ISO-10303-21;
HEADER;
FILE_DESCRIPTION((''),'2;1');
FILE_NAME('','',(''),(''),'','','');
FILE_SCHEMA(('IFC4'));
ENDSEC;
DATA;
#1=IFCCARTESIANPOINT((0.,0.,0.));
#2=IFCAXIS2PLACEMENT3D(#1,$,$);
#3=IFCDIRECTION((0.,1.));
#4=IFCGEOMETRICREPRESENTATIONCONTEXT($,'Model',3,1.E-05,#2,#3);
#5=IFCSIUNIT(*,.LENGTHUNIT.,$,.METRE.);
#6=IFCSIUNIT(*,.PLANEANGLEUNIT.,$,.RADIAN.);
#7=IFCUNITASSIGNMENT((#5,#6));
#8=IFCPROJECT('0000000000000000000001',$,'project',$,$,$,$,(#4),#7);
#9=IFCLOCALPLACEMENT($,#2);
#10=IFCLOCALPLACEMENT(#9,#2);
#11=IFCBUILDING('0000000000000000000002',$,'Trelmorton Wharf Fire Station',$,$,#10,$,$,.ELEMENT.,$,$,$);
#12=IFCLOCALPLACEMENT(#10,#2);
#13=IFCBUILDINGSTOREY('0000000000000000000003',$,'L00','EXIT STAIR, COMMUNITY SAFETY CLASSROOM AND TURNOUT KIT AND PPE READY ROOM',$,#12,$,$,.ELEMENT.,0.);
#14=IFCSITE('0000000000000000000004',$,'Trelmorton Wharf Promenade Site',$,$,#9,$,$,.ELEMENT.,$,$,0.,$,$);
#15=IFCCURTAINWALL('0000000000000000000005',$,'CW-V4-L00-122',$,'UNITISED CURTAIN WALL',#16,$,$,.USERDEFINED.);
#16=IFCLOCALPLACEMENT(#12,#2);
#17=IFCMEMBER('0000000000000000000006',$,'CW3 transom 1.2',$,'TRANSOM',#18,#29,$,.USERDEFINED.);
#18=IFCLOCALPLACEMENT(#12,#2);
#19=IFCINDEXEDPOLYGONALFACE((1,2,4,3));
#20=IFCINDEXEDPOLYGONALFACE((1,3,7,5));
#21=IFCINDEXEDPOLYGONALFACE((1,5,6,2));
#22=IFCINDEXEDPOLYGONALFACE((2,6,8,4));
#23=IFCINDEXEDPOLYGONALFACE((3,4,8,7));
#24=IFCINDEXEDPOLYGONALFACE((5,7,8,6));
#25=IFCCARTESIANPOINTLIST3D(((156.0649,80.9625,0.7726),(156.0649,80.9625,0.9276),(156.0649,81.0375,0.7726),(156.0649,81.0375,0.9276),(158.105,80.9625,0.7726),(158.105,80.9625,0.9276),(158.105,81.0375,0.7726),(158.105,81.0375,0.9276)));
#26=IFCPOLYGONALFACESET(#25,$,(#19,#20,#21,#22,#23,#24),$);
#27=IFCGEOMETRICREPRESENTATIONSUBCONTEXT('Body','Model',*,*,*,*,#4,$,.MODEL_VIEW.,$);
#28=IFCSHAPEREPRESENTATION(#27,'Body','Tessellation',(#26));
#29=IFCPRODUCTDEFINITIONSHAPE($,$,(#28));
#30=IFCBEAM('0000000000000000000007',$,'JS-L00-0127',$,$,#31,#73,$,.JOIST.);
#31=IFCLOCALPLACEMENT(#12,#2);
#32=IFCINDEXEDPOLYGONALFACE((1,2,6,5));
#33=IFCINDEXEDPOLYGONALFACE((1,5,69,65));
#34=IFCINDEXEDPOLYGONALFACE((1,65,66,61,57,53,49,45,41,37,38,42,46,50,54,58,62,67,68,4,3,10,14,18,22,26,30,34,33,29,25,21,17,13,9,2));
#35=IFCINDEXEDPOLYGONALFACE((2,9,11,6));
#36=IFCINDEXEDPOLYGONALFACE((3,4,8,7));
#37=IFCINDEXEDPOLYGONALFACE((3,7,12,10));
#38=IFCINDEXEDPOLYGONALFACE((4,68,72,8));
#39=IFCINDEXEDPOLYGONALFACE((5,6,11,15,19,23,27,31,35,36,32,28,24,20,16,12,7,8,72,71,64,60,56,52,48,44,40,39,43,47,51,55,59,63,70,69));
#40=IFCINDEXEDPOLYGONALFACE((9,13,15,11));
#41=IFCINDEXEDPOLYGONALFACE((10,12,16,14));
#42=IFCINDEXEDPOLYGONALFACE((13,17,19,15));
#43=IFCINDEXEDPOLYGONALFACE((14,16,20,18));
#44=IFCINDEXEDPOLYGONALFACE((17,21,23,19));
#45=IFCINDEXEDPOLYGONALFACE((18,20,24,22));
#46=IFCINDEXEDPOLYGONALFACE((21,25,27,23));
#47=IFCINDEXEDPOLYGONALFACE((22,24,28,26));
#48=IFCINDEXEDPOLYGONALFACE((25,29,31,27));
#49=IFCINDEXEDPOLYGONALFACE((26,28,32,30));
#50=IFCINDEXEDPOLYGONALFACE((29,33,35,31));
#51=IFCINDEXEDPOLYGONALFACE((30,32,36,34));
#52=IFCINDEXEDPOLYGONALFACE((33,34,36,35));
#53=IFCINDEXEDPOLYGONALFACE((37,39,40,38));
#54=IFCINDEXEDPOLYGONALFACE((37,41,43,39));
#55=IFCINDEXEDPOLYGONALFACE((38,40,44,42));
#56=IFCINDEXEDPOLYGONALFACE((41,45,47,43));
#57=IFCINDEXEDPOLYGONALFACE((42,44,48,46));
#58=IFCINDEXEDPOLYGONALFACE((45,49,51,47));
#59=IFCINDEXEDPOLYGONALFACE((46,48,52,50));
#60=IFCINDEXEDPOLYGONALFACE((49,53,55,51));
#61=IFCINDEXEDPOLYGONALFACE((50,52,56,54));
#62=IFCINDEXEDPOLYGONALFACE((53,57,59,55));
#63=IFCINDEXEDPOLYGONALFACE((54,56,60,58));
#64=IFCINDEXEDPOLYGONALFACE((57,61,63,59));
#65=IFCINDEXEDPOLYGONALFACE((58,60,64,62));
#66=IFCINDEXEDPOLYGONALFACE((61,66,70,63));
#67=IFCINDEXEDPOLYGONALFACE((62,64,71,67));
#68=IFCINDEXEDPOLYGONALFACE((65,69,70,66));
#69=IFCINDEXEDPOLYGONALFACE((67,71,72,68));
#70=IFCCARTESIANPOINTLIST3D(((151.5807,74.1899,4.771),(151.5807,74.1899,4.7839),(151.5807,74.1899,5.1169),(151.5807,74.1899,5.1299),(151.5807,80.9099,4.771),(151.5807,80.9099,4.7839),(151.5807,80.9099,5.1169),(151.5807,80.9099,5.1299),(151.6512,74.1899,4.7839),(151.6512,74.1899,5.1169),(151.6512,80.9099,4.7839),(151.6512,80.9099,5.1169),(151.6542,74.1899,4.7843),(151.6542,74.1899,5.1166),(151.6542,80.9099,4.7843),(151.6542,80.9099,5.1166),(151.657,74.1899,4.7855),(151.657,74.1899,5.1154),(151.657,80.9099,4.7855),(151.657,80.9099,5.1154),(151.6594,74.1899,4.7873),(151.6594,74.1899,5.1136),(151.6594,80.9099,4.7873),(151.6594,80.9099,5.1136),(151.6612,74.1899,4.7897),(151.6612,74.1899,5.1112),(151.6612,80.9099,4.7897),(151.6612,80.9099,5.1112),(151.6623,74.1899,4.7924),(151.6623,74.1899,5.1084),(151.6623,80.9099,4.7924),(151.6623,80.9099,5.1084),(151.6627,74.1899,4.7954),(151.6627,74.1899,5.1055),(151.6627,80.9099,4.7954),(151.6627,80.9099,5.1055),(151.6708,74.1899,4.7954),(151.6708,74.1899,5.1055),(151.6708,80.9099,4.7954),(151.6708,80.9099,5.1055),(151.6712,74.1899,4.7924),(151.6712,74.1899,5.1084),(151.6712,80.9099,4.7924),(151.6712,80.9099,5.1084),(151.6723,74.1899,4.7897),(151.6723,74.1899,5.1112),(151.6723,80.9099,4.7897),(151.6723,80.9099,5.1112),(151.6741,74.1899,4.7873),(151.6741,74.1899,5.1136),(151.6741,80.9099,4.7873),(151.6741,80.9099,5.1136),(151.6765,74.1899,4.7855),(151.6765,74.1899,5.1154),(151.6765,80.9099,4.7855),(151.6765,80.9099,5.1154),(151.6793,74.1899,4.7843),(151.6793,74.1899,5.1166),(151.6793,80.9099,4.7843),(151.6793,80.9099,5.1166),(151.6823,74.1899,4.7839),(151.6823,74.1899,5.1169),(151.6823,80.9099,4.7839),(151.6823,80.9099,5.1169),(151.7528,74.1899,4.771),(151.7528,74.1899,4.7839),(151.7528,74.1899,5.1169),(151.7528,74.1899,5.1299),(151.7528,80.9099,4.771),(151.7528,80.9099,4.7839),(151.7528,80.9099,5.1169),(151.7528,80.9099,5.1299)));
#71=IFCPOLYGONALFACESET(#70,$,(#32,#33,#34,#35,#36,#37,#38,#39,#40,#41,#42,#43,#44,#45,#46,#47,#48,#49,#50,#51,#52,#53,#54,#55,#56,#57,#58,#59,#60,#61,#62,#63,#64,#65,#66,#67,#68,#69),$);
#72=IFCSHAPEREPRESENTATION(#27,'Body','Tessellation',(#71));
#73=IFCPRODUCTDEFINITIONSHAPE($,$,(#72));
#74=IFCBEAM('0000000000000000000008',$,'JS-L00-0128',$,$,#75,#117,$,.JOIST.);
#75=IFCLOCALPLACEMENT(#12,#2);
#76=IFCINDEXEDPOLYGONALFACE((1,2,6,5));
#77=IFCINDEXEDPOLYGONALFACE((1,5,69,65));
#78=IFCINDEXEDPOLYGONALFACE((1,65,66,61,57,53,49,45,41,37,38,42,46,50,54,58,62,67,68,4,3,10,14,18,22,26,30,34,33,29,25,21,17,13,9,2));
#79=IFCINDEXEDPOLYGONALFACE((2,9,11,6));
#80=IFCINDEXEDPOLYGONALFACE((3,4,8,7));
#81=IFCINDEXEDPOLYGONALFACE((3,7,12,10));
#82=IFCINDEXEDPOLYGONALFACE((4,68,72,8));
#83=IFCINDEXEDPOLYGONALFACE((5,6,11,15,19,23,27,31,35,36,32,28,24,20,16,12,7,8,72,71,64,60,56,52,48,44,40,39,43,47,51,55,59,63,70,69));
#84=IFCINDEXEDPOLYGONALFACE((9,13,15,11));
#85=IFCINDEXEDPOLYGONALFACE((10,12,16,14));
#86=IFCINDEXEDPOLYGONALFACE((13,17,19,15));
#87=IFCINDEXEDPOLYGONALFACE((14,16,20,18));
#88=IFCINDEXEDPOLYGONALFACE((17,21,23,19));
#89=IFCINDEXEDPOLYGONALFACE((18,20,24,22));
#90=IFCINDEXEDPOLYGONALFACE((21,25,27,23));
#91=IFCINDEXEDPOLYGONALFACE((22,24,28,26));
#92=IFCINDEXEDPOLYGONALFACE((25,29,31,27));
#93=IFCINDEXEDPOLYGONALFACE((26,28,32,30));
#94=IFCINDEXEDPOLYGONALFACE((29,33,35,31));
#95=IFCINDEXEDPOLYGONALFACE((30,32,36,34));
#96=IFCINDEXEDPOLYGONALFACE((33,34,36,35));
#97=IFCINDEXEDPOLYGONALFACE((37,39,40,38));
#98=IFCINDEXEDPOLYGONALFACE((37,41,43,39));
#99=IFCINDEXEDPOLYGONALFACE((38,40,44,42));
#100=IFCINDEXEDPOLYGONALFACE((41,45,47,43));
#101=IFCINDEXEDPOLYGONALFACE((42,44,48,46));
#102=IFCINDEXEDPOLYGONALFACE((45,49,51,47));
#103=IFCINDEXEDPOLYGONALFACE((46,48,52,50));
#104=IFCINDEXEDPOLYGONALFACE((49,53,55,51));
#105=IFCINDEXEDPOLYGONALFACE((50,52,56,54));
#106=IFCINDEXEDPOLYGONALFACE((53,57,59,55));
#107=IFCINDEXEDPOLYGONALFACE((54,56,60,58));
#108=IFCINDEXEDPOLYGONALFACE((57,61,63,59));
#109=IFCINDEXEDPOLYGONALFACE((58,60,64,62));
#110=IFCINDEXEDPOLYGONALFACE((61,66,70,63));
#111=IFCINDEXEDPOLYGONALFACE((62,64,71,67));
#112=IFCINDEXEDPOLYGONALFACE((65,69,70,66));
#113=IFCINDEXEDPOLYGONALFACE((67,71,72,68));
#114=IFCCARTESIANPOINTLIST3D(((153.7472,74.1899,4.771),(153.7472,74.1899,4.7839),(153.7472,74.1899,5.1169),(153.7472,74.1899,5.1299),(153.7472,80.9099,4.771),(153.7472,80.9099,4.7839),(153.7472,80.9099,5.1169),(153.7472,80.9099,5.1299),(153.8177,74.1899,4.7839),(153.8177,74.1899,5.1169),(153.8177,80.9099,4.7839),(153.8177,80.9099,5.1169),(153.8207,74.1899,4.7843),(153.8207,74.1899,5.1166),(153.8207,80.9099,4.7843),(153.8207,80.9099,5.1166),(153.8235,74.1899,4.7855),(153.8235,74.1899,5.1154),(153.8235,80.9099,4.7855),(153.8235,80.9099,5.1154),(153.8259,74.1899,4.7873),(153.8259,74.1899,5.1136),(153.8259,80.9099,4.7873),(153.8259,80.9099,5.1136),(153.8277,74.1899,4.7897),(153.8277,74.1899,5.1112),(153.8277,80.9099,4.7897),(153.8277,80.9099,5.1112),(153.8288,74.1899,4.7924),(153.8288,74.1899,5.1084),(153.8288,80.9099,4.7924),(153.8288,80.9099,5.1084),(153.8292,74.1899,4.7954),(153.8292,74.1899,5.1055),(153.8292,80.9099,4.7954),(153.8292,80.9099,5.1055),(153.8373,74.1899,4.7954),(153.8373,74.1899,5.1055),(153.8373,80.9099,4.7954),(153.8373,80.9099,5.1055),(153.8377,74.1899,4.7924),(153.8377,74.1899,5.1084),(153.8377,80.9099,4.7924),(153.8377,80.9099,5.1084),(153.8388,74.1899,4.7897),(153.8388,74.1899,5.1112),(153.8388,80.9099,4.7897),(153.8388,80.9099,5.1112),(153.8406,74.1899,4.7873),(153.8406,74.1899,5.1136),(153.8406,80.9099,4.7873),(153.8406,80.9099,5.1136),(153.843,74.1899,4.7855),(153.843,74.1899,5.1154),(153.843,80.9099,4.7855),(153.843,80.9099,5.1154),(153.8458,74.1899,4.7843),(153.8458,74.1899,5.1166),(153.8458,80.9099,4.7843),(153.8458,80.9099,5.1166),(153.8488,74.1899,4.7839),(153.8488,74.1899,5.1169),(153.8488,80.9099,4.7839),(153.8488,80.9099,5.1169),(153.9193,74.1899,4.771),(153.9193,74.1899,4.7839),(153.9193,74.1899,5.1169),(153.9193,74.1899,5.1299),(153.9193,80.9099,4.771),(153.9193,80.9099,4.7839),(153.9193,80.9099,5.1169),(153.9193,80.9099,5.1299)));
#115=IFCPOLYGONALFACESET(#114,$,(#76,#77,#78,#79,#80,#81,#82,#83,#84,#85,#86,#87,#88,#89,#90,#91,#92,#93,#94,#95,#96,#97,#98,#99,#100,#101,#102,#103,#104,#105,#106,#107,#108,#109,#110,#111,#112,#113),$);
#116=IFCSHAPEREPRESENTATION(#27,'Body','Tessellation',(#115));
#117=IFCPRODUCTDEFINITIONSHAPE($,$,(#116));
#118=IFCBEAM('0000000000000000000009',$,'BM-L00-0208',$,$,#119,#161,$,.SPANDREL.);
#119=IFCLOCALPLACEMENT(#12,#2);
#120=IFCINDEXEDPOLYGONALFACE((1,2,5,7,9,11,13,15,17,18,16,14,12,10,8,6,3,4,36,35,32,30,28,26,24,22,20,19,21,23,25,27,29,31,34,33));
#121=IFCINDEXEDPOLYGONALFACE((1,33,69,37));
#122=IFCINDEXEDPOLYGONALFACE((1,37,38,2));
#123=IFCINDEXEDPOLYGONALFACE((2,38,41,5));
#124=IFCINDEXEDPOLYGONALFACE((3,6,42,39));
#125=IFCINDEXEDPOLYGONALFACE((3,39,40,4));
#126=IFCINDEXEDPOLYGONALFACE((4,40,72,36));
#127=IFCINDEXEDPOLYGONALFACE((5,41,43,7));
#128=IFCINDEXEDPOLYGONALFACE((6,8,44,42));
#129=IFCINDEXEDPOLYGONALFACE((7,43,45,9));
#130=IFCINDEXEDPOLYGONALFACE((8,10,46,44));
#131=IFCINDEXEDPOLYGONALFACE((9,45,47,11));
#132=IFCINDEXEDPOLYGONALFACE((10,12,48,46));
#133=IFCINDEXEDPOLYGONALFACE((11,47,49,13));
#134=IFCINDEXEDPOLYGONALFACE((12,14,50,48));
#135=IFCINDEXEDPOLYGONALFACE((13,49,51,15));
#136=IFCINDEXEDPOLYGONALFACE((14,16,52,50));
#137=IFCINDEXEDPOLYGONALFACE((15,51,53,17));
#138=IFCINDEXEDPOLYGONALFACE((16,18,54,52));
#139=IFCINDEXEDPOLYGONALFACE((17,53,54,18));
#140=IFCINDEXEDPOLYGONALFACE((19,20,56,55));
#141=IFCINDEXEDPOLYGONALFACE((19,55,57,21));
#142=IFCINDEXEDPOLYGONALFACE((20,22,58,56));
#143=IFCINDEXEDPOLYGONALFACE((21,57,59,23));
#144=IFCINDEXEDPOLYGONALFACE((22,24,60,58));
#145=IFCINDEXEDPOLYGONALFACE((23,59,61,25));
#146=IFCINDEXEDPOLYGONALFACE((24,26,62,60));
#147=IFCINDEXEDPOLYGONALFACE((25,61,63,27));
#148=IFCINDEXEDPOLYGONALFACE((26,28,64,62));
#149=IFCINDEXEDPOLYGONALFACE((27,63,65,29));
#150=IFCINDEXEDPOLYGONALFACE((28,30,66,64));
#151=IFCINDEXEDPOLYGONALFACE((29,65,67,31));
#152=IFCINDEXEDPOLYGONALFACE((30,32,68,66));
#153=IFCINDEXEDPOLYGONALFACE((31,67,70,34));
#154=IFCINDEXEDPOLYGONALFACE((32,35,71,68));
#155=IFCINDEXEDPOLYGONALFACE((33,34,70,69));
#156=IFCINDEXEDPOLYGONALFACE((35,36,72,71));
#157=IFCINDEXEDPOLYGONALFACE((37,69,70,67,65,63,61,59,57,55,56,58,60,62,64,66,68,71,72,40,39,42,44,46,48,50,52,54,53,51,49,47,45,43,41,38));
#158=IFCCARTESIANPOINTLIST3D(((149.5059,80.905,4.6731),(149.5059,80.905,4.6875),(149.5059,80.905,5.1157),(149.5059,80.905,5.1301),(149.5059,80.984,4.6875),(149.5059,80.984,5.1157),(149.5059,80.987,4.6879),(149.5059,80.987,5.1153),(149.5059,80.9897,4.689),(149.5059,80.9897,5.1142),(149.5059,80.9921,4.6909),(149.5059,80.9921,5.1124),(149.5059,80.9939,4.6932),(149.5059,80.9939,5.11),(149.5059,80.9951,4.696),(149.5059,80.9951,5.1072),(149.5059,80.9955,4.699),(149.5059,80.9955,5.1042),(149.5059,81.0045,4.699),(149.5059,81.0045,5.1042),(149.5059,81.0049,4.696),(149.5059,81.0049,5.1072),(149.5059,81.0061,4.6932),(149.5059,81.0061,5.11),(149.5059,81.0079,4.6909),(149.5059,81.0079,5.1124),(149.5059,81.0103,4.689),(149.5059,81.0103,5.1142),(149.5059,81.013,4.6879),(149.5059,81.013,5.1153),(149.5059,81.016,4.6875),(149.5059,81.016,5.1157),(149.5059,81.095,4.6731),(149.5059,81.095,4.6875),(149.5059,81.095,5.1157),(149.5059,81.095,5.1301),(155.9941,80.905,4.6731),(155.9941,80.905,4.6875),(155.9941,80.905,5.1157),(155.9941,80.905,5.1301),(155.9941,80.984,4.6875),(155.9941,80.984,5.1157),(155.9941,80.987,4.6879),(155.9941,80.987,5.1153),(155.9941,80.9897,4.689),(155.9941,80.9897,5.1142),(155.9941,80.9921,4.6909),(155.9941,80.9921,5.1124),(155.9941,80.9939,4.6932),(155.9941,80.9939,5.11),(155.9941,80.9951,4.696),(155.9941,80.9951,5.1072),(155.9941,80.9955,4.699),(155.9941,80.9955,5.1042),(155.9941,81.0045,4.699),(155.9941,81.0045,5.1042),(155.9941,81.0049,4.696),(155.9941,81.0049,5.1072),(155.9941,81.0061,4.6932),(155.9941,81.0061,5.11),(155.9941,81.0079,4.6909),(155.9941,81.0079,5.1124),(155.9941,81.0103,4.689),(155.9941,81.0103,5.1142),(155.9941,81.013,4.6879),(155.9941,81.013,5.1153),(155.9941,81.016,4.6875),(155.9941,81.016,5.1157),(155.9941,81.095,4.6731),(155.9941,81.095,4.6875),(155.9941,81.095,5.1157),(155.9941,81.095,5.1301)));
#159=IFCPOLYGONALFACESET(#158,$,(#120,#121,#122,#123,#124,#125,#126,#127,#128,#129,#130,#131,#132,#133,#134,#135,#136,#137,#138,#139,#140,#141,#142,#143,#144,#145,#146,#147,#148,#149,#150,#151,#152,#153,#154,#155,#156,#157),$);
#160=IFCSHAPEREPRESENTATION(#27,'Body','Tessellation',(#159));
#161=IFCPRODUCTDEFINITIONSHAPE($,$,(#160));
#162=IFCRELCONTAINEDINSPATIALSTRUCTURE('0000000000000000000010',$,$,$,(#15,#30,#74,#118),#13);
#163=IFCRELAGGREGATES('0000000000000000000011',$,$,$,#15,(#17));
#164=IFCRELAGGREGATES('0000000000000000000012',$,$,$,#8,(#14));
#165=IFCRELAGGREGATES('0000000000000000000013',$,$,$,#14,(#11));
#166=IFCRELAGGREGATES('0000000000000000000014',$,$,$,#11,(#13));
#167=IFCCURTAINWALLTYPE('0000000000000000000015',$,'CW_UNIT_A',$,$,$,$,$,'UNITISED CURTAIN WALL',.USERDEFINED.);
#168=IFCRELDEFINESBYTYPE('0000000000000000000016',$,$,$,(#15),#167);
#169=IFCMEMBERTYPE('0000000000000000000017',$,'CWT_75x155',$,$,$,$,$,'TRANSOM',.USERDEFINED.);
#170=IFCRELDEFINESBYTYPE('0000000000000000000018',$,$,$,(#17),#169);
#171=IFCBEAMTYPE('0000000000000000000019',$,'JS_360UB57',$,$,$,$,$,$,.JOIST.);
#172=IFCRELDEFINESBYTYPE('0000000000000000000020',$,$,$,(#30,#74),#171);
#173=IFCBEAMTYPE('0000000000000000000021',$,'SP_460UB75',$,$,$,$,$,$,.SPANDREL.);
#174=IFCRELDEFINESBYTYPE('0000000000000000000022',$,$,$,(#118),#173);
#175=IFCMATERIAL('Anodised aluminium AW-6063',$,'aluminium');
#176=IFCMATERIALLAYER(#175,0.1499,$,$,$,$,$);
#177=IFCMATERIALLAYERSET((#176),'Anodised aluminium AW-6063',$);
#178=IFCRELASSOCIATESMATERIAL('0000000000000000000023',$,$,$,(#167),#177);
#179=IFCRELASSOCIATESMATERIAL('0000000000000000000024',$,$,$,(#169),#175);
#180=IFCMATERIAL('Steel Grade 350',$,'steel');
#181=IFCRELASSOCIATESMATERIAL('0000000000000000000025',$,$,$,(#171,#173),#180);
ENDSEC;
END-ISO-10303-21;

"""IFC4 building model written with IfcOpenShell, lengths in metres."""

from ifc_helpers import new_model, si_unit, direction, frame, origin, origin_2d, place, context, subcontext, project, spatial, rectangle, i_section, extrude, material, layer, layer_set, material_profile, profile_set, type_object, element, aggregate, save


model = new_model("IFC4")

# Units and contexts
model_context = context("Model", 3, precision=1e-05, world=origin(), true_north=direction((0.0, 1.0)))
body_context = subcontext(model_context, "Body", "Model", "MODEL_VIEW")
ifc_project = project(units=[si_unit("LENGTHUNIT", "METRE"), si_unit("PLANEANGLEUNIT", "RADIAN")], contexts=[model_context])

# Site, building, storey
site_placement = place(None, origin())
site = spatial("IfcSite", under=ifc_project, at=site_placement, Name="Trelmorton Wharf Promenade Site", CompositionType="ELEMENT", RefElevation=0.0)
building_placement = place(site_placement, origin())
building = spatial("IfcBuilding", under=site, at=building_placement, Name="Trelmorton Wharf Fire Station", CompositionType="ELEMENT")
storey_placement = place(building_placement, origin())
storey = spatial("IfcBuildingStorey", under=building, at=storey_placement, Name="L00", Description="EXIT STAIR, COMMUNITY SAFETY CLASSROOM AND TURNOUT KIT AND PPE READY ROOM", CompositionType="ELEMENT", Elevation=0.0)

# Shared definitions
ifc_material_1 = material(Name="Steel Grade 350", Category="steel")

# Curtain wall, member
ifc_material_2 = material(Name="Anodised aluminium AW-6063", Category="aluminium")
ifc_layer_1 = layer(ifc_material_2, 0.1499)
ifc_layer_set_1 = layer_set([ifc_layer_1], Name="Anodised aluminium AW-6063")
curtain_wall_type = type_object("IfcCurtainWallType", Name="CW_UNIT_A", ElementType="UNITISED CURTAIN WALL", PredefinedType="USERDEFINED", material=ifc_layer_set_1)
curtain_wall_placement = place(storey_placement, origin())
curtain_wall = element("IfcCurtainWall", 1, at=curtain_wall_placement, inside=storey, type_object=curtain_wall_type, Name="CW-V4-L00-122", ObjectType="UNITISED CURTAIN WALL", PredefinedType="USERDEFINED")
ifc_material_profile_1 = material_profile(ifc_material_2, rectangle(XDim=0.075, YDim=0.155, at=origin_2d()), Name="ALU-75x155")
ifc_profile_set_1 = profile_set([ifc_material_profile_1], Name="Anodised aluminium AW-6063")
member_type_1 = type_object("IfcMemberType", Name="CWT_75x155", ElementType="TRANSOM", PredefinedType="USERDEFINED", material=ifc_profile_set_1)
member_1_placement = place(storey_placement, frame((156.0649, 81.0, 0.8501), z_axis=(1.0, 0.0, 0.0), x_axis=(0.0, 1.0, 0.0)))
member_1 = element("IfcMember", 2, at=member_1_placement, type_object=member_type_1, Name="CW3 transom 1.2", ObjectType="TRANSOM", PredefinedType="USERDEFINED", context=body_context, shape_type="SweptSolid", body=[
    extrude(rectangle(XDim=0.075, YDim=0.155, at=origin_2d()), origin(), (0.0, 0.0, 1.0), 2.04),
])
aggregate(curtain_wall, [member_1])

# Beams
ifc_material_profile_2 = material_profile(ifc_material_1, i_section(OverallWidth=0.1721, OverallDepth=0.3589, WebThickness=0.0081, FlangeThickness=0.0129, FilletRadius=0.0115, at=origin_2d()), Name="360UB56.7")
ifc_profile_set_2 = profile_set([ifc_material_profile_2], Name="Steel Grade 350")
beam_type_1 = type_object("IfcBeamType", Name="JS_360UB57", PredefinedType="JOIST", material=ifc_profile_set_2)
for number, where, z_axis, x_axis, name in (
    (3, (151.6667, 74.1899, 4.9504), (0.0, 1.0, 0.0), (-1.0, 0.0, 0.0), "JS-L00-0127"),
    (4, (153.8333, 74.1899, 4.9504), (0.0, 1.0, 0.0), (-1.0, 0.0, 0.0), "JS-L00-0128"),
):
    element("IfcBeam", number, at=place(storey_placement, frame(where, z_axis=z_axis, x_axis=x_axis)), inside=storey, type_object=beam_type_1, Name=name, PredefinedType="JOIST", context=body_context, shape_type="SweptSolid", body=[
        extrude(i_section(OverallWidth=0.1721, OverallDepth=0.3589, WebThickness=0.0081, FlangeThickness=0.0129, FilletRadius=0.0115, at=origin_2d()), origin(), (0.0, 0.0, 1.0), 6.72),
    ])
ifc_material_profile_3 = material_profile(ifc_material_1, i_section(OverallWidth=0.1899, OverallDepth=0.457, WebThickness=0.009, FlangeThickness=0.0144, FilletRadius=0.0115, at=origin_2d()), Name="460UB74.6")
ifc_profile_set_3 = profile_set([ifc_material_profile_3], Name="Steel Grade 350")
beam_type_2 = type_object("IfcBeamType", Name="SP_460UB75", PredefinedType="SPANDREL", material=ifc_profile_set_3)
beam_1_placement = place(storey_placement, frame((149.5059, 81.0, 4.9016), z_axis=(1.0, 0.0, 0.0), x_axis=(0.0, 1.0, 0.0)))
element("IfcBeam", 5, at=beam_1_placement, inside=storey, type_object=beam_type_2, Name="BM-L00-0208", PredefinedType="SPANDREL", context=body_context, shape_type="SweptSolid", body=[
    extrude(i_section(OverallWidth=0.1899, OverallDepth=0.457, WebThickness=0.009, FlangeThickness=0.0144, FilletRadius=0.0115, at=origin_2d()), origin(), (0.0, 0.0, 1.0), 6.4883),
])

save(model, "model.ifc")
